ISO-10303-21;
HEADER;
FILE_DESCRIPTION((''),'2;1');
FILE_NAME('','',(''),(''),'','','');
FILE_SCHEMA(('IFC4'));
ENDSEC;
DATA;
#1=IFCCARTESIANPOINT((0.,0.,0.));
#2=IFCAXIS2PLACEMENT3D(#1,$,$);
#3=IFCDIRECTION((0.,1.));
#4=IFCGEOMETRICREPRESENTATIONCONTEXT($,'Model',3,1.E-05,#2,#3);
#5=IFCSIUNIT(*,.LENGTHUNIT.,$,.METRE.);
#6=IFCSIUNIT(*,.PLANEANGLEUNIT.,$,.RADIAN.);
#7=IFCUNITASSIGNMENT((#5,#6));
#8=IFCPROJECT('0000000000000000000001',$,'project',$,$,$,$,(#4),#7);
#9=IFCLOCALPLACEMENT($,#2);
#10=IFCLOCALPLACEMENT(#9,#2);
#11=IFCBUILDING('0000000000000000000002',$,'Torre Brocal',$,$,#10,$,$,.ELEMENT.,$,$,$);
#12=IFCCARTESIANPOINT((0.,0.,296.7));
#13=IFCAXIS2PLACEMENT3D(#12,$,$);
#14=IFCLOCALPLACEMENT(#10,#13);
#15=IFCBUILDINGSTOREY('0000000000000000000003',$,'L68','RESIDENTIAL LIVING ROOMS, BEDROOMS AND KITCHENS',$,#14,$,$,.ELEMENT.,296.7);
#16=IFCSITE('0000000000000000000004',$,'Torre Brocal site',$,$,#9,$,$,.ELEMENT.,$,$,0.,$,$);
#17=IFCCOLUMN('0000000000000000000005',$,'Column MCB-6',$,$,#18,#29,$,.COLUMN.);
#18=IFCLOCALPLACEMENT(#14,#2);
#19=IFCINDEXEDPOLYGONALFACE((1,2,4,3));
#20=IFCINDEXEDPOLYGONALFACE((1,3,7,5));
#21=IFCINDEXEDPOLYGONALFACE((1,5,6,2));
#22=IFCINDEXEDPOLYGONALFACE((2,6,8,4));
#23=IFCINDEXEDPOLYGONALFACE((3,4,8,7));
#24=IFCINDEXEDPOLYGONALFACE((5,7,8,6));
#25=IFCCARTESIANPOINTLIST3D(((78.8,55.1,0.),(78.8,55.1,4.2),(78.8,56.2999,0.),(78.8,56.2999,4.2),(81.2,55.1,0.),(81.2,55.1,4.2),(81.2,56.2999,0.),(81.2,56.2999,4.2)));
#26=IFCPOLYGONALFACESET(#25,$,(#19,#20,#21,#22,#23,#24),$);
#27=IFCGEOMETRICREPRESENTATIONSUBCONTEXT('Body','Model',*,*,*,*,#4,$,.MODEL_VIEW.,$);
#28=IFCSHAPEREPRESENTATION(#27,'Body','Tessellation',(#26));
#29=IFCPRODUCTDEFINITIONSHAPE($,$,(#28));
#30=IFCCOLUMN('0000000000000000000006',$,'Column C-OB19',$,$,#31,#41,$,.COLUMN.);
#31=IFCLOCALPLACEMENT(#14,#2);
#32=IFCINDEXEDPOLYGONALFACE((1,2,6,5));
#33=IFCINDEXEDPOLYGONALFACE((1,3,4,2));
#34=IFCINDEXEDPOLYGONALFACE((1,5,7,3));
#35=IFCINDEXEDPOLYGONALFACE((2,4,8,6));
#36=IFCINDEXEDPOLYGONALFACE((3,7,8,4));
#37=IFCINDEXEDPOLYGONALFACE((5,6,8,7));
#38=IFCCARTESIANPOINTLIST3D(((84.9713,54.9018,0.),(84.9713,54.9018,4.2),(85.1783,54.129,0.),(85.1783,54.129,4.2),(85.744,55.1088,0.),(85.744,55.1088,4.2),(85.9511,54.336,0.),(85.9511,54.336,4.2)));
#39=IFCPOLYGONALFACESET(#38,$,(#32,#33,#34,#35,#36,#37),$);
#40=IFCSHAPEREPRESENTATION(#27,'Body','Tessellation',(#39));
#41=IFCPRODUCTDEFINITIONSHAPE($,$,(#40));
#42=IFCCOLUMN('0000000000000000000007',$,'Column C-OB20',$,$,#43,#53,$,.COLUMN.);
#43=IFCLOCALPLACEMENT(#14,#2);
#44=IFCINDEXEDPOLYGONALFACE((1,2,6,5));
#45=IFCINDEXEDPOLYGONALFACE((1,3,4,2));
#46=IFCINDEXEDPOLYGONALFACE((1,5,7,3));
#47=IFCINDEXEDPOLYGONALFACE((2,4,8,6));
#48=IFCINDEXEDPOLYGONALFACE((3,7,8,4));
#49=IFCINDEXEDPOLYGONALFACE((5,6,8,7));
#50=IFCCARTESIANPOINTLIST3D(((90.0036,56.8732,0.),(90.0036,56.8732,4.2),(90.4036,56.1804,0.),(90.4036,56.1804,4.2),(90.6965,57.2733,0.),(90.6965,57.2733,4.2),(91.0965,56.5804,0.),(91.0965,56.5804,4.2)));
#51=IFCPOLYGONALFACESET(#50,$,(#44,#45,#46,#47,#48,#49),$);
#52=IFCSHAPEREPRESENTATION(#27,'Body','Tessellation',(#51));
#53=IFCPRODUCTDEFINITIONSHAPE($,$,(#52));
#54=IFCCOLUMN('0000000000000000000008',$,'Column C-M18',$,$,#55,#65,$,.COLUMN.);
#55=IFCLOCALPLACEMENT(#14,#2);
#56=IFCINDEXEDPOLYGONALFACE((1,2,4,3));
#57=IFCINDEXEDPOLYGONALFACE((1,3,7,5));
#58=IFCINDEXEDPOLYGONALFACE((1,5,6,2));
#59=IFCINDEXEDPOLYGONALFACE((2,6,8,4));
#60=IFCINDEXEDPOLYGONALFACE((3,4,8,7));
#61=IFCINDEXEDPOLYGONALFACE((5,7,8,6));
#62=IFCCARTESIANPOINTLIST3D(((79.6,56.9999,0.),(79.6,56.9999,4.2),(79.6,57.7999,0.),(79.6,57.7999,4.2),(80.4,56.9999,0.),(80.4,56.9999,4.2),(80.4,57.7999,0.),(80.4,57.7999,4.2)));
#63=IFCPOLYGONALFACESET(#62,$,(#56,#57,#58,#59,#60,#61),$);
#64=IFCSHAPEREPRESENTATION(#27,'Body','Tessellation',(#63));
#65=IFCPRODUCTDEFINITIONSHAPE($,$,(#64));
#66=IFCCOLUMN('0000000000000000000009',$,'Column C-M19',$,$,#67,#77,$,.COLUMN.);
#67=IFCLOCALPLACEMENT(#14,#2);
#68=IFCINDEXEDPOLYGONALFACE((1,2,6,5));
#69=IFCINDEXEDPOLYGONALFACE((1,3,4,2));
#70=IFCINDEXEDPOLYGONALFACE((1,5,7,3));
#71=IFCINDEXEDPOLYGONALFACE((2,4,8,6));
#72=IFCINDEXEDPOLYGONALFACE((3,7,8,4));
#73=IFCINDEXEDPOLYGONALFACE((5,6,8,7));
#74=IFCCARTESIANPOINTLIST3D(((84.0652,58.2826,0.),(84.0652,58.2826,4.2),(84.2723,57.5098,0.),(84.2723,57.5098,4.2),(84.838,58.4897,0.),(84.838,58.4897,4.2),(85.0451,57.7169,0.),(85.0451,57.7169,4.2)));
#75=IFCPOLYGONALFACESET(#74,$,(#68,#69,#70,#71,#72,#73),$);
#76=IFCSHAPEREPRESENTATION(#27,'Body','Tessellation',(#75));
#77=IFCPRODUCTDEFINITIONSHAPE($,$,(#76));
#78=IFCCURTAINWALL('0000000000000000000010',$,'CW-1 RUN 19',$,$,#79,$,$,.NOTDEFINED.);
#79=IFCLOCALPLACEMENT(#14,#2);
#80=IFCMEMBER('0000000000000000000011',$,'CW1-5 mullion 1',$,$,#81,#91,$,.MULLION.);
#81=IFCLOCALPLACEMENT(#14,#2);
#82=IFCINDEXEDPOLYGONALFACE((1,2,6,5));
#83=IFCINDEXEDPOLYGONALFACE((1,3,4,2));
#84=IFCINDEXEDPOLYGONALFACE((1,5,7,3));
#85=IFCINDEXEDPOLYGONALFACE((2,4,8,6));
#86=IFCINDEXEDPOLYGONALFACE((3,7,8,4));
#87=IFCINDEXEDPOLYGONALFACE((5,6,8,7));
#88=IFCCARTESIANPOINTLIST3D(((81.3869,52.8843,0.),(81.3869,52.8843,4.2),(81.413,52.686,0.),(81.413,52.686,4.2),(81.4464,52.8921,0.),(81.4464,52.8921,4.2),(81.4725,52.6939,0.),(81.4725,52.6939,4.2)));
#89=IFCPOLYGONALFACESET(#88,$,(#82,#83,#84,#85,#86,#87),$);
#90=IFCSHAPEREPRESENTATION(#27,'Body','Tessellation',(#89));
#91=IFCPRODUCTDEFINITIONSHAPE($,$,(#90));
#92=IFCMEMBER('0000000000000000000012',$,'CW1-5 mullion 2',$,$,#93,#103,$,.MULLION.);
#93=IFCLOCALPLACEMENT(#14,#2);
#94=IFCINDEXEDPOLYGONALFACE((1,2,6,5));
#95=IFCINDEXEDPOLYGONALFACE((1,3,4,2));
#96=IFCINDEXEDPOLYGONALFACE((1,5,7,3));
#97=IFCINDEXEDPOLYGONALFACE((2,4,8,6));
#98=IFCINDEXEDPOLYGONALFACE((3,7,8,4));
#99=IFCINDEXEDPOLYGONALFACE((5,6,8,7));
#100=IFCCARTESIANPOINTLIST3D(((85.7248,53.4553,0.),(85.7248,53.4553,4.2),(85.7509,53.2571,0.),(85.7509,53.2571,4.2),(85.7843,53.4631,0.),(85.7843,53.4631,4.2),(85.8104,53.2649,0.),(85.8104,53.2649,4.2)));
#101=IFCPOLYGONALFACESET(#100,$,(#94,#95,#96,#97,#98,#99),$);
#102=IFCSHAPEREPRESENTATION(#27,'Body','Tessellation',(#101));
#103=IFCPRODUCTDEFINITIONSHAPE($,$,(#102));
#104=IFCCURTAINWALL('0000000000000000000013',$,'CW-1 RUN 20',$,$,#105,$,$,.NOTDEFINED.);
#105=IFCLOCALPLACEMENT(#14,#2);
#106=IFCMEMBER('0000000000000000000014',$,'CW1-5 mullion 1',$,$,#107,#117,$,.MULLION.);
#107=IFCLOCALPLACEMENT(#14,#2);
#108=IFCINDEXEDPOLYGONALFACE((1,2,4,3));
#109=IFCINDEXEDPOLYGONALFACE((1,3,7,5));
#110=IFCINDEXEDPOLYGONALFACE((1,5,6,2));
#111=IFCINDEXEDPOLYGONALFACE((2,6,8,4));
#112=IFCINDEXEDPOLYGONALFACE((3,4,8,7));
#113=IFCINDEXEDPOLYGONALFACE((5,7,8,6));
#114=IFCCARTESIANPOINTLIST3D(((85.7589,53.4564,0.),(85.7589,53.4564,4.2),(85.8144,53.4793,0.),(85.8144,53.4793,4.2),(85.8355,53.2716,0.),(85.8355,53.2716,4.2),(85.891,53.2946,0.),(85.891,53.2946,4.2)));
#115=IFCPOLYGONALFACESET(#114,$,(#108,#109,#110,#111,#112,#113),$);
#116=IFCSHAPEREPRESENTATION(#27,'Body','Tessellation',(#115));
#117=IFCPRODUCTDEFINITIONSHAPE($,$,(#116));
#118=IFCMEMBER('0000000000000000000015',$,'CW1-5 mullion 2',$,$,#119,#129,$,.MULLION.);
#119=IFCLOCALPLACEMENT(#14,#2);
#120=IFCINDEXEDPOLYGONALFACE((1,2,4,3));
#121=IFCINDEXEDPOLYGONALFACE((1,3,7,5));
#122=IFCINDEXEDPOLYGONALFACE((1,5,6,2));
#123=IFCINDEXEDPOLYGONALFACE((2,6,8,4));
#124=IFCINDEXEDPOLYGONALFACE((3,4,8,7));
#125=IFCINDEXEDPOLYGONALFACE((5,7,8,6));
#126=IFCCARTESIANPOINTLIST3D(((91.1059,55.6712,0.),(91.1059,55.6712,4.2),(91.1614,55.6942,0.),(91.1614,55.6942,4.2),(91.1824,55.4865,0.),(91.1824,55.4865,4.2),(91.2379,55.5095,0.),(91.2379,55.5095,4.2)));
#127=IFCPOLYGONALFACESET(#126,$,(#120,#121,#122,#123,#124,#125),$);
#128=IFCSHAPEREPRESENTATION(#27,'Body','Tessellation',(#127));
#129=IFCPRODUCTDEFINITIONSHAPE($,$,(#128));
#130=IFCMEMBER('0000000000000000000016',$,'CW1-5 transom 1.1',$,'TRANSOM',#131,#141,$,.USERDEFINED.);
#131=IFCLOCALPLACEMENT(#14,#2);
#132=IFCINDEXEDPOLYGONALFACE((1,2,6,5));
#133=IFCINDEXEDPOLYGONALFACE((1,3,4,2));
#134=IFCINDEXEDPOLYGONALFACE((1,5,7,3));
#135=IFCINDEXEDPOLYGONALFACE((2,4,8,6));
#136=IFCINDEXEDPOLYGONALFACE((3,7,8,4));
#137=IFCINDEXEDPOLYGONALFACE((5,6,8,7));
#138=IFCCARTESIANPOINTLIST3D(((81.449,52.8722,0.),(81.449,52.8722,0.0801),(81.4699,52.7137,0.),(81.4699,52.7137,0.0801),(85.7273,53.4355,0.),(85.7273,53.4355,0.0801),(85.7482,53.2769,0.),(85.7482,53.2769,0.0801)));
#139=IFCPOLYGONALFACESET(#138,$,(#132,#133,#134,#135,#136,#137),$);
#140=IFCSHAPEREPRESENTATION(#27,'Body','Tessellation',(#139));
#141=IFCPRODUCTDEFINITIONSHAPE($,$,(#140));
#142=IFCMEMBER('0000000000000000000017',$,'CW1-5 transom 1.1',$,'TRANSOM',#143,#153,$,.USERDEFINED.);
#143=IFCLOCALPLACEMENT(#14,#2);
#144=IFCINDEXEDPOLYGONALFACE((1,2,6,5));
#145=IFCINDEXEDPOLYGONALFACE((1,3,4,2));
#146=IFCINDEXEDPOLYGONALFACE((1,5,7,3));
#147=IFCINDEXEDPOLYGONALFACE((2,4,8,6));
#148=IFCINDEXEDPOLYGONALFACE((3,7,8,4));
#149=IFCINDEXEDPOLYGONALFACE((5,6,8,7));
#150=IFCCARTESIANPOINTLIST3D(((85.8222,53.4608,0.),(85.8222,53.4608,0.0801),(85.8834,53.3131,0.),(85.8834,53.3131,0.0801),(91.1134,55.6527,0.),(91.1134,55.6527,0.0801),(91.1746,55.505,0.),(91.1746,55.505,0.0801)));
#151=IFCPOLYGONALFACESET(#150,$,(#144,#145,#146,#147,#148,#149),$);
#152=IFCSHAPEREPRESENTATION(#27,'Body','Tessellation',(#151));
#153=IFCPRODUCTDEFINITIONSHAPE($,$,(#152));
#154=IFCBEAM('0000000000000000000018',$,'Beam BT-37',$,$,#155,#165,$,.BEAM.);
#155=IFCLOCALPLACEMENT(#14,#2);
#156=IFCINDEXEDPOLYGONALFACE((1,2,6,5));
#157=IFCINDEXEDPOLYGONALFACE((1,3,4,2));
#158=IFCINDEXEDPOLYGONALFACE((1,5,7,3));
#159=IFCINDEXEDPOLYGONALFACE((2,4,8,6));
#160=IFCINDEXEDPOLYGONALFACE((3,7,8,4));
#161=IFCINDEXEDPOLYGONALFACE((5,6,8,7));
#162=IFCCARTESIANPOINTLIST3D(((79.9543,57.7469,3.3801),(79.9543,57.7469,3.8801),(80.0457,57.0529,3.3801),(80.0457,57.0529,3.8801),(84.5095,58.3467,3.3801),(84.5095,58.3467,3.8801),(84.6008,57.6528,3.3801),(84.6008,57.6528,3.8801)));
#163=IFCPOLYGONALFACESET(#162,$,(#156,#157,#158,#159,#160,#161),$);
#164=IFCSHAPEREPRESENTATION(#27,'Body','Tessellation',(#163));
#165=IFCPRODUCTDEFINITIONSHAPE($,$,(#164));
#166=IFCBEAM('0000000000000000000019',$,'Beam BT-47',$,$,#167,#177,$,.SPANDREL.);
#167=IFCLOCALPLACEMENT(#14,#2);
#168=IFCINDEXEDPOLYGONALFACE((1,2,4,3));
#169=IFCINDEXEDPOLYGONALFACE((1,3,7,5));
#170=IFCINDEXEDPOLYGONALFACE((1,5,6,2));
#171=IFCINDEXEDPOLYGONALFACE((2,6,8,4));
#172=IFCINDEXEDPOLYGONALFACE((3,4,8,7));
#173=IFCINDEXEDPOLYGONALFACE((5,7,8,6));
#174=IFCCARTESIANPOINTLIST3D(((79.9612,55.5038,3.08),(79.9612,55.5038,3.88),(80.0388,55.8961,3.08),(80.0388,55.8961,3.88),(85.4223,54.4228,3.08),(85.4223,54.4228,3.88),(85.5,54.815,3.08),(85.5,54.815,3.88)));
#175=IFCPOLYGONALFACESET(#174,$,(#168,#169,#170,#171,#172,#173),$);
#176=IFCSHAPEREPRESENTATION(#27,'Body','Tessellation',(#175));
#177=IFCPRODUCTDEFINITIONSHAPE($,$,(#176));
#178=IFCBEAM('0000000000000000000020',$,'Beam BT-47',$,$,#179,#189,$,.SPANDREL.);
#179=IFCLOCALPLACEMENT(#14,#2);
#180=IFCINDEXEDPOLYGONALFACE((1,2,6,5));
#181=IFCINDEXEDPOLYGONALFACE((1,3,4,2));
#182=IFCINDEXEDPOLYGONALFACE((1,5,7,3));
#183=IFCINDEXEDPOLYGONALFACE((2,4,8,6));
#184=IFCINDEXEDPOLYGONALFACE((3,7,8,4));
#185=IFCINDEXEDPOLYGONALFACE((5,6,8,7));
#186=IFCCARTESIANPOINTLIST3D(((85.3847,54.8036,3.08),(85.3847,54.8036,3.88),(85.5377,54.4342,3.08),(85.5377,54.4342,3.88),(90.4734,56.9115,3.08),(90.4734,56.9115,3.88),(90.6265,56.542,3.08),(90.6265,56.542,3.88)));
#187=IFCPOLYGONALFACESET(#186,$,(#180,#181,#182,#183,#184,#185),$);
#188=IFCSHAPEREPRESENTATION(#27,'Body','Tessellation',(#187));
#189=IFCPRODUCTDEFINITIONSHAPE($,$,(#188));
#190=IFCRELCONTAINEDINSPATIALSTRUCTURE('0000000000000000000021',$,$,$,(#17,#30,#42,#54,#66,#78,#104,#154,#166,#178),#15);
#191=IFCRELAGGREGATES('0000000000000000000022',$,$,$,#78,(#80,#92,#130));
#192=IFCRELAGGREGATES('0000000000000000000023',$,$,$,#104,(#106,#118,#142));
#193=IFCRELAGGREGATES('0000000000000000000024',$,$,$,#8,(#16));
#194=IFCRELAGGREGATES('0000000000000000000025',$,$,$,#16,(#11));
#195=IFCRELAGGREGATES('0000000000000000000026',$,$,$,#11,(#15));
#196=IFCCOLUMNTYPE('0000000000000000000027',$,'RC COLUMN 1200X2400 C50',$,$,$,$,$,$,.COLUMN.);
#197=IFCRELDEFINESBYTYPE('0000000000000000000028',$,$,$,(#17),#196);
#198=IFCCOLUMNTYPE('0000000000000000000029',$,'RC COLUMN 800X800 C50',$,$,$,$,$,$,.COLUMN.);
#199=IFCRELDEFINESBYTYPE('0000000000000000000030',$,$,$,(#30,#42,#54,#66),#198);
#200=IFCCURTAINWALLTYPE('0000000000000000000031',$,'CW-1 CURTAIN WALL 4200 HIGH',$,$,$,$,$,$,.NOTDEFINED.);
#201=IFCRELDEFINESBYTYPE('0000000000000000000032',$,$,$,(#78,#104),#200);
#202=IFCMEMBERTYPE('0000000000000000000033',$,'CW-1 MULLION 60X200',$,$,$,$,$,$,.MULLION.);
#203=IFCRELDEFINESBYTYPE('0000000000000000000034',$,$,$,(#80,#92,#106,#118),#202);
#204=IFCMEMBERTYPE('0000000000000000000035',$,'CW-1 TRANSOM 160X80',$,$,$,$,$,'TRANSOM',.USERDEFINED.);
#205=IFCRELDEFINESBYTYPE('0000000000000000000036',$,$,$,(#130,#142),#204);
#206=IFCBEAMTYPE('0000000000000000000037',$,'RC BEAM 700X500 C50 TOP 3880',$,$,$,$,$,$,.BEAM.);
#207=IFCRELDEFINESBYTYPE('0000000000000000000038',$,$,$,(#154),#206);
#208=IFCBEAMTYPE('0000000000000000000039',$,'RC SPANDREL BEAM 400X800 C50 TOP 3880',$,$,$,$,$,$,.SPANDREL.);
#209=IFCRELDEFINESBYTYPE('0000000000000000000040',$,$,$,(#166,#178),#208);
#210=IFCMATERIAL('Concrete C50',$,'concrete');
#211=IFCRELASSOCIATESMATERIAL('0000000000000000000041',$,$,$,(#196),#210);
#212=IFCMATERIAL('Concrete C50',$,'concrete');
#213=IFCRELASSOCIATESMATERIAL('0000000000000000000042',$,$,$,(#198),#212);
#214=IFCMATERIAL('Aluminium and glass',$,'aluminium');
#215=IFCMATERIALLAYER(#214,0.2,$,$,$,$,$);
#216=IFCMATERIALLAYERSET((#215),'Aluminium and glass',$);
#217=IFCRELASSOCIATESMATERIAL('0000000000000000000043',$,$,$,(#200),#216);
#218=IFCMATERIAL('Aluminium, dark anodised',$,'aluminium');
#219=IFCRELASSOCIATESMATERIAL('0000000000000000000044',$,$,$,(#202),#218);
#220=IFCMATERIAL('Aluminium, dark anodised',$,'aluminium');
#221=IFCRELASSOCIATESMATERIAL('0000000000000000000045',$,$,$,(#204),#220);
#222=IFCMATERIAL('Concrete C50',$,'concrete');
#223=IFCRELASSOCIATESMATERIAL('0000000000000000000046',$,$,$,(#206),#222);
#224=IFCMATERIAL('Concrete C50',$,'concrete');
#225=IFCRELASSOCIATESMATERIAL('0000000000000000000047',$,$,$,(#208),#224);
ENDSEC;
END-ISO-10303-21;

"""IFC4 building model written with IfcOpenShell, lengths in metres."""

from ifc_helpers import new_model, si_unit, direction, frame, origin, origin_2d, place, context, subcontext, project, spatial, rectangle, extrude, material, layer, layer_set, material_profile, profile_set, type_object, element, aggregate, save


model = new_model("IFC4")

# Units and contexts
model_context = context("Model", 3, precision=1e-05, world=origin(), true_north=direction((0.0, 1.0)))
body_context = subcontext(model_context, "Body", "Model", "MODEL_VIEW")
ifc_project = project(units=[si_unit("LENGTHUNIT", "METRE"), si_unit("PLANEANGLEUNIT", "RADIAN")], contexts=[model_context])

# Site, building, storey
site_placement = place(None, origin())
site = spatial("IfcSite", under=ifc_project, at=site_placement, Name="Torre Brocal site", CompositionType="ELEMENT", RefElevation=0.0)
building_placement = place(site_placement, origin())
building = spatial("IfcBuilding", under=site, at=building_placement, Name="Torre Brocal", CompositionType="ELEMENT")
storey_placement = place(building_placement, frame((0.0, 0.0, 296.7)))
storey = spatial("IfcBuildingStorey", under=building, at=storey_placement, Name="L68", Description="RESIDENTIAL LIVING ROOMS, BEDROOMS AND KITCHENS", CompositionType="ELEMENT", Elevation=296.7)

# Columns
ifc_material_1 = material(Name="Concrete C50", Category="concrete")
ifc_material_profile_1 = material_profile(ifc_material_1, rectangle(XDim=1.2, YDim=2.3999, at=origin_2d()), Name="RC 1200X2400")
ifc_profile_set_1 = profile_set([ifc_material_profile_1], Name="Concrete C50")
column_type_1 = type_object("IfcColumnType", Name="RC COLUMN 1200X2400 C50", PredefinedType="COLUMN", material=ifc_profile_set_1)
column_placement = place(storey_placement, frame((80.0, 55.7, 0.0), z_axis=(0.0, 0.0, 1.0), x_axis=(0.0, -1.0, 0.0)))
element("IfcColumn", 1, at=column_placement, inside=storey, type_object=column_type_1, Name="Column MCB-6", PredefinedType="COLUMN", context=body_context, shape_type="SweptSolid", body=[
    extrude(rectangle(XDim=1.2, YDim=2.3999, at=origin_2d()), origin(), (0.0, 0.0, 1.0), 4.2),
])
ifc_material_2 = material(Name="Concrete C50", Category="concrete")
ifc_material_profile_2 = material_profile(ifc_material_2, rectangle(XDim=0.8, YDim=0.8, at=origin_2d()), Name="RC 800X800")
ifc_profile_set_2 = profile_set([ifc_material_profile_2], Name="Concrete C50")
column_type_2 = type_object("IfcColumnType", Name="RC COLUMN 800X800 C50", PredefinedType="COLUMN", material=ifc_profile_set_2)
for number, where, z_axis, x_axis, name in (
    (2, (85.4612, 54.6189, 0.0), (0.0, 0.0, 1.0), (0.258819, -0.965926, 0.0), "Column C-OB19"),
    (3, (90.55, 56.7268, 0.0), (0.0, 0.0, 1.0), (0.5, -0.866025, 0.0), "Column C-OB20"),
    (4, (80.0, 57.3999, 0.0), (0.0, 0.0, 1.0), (0.0, -1.0, 0.0), "Column C-M18"),
    (5, (84.5552, 57.9998, 0.0), (0.0, 0.0, 1.0), (0.258819, -0.965926, 0.0), "Column C-M19"),
):
    element("IfcColumn", number, at=place(storey_placement, frame(where, z_axis=z_axis, x_axis=x_axis)), inside=storey, type_object=column_type_2, Name=name, PredefinedType="COLUMN", context=body_context, shape_type="SweptSolid", body=[
        extrude(rectangle(XDim=0.8, YDim=0.8, at=origin_2d()), origin(), (0.0, 0.0, 1.0), 4.2),
    ])

# Curtain walls, members
ifc_material_3 = material(Name="Aluminium and glass", Category="aluminium")
ifc_layer_1 = layer(ifc_material_3, 0.2)
ifc_layer_set_1 = layer_set([ifc_layer_1], Name="Aluminium and glass")
curtain_wall_type = type_object("IfcCurtainWallType", Name="CW-1 CURTAIN WALL 4200 HIGH", PredefinedType="NOTDEFINED", material=ifc_layer_set_1)
curtain_wall_1_placement = place(storey_placement, origin())
curtain_wall_1 = element("IfcCurtainWall", 6, at=curtain_wall_1_placement, inside=storey, type_object=curtain_wall_type, Name="CW-1 RUN 19", PredefinedType="NOTDEFINED")
ifc_material_4 = material(Name="Aluminium, dark anodised", Category="aluminium")
ifc_material_profile_3 = material_profile(ifc_material_4, rectangle(XDim=0.2, YDim=0.0601, at=origin_2d()), Name="CW-1 MULLION 60X200")
ifc_profile_set_3 = profile_set([ifc_material_profile_3], Name="Aluminium, dark anodised")
member_type_1 = type_object("IfcMemberType", Name="CW-1 MULLION 60X200", PredefinedType="MULLION", material=ifc_profile_set_3)
member_1_placement = place(storey_placement, frame((81.4297, 52.7891, 0.0), z_axis=(0.0, 0.0, 1.0), x_axis=(-0.130526, 0.991445, 0.0)))
member_1 = element("IfcMember", 7, at=member_1_placement, type_object=member_type_1, Name="CW1-5 mullion 1", PredefinedType="MULLION", context=body_context, shape_type="SweptSolid", body=[
    extrude(rectangle(XDim=0.2, YDim=0.0601, at=origin_2d()), origin(), (0.0, 0.0, 1.0), 4.2),
])
member_2_placement = place(storey_placement, frame((85.7676, 53.3601, 0.0), z_axis=(0.0, 0.0, 1.0), x_axis=(-0.130526, 0.991445, 0.0)))
member_2 = element("IfcMember", 8, at=member_2_placement, type_object=member_type_1, Name="CW1-5 mullion 2", PredefinedType="MULLION", context=body_context, shape_type="SweptSolid", body=[
    extrude(rectangle(XDim=0.2, YDim=0.0601, at=origin_2d()), origin(), (0.0, 0.0, 1.0), 4.2),
])
curtain_wall_2_placement = place(storey_placement, origin())
curtain_wall_2 = element("IfcCurtainWall", 9, at=curtain_wall_2_placement, inside=storey, type_object=curtain_wall_type, Name="CW-1 RUN 20", PredefinedType="NOTDEFINED")
member_3_placement = place(storey_placement, frame((85.825, 53.3755, 0.0), z_axis=(0.0, 0.0, 1.0), x_axis=(-0.382683, 0.92388, 0.0)))
member_3 = element("IfcMember", 10, at=member_3_placement, type_object=member_type_1, Name="CW1-5 mullion 1", PredefinedType="MULLION", context=body_context, shape_type="SweptSolid", body=[
    extrude(rectangle(XDim=0.2, YDim=0.0601, at=origin_2d()), origin(), (0.0, 0.0, 1.0), 4.2),
])
member_4_placement = place(storey_placement, frame((91.1719, 55.5903, 0.0), z_axis=(0.0, 0.0, 1.0), x_axis=(-0.382683, 0.92388, 0.0)))
member_4 = element("IfcMember", 11, at=member_4_placement, type_object=member_type_1, Name="CW1-5 mullion 2", PredefinedType="MULLION", context=body_context, shape_type="SweptSolid", body=[
    extrude(rectangle(XDim=0.2, YDim=0.0601, at=origin_2d()), origin(), (0.0, 0.0, 1.0), 4.2),
])

# Members
ifc_material_5 = material(Name="Aluminium, dark anodised", Category="aluminium")
ifc_material_profile_4 = material_profile(ifc_material_5, rectangle(XDim=0.1599, YDim=0.0801, at=origin_2d()), Name="CW-1 TRANSOM 160X80")
ifc_profile_set_4 = profile_set([ifc_material_profile_4], Name="Aluminium, dark anodised")
member_type_2 = type_object("IfcMemberType", Name="CW-1 TRANSOM 160X80", ElementType="TRANSOM", PredefinedType="USERDEFINED", material=ifc_profile_set_4)
member_5_placement = place(storey_placement, frame((81.4595, 52.793, 0.04), z_axis=(0.991445, 0.130522, 0.0), x_axis=(-0.130522, 0.991445, 0.0)))
member_5 = element("IfcMember", 12, at=member_5_placement, type_object=member_type_2, Name="CW1-5 transom 1.1", ObjectType="TRANSOM", PredefinedType="USERDEFINED", context=body_context, shape_type="SweptSolid", body=[
    extrude(rectangle(XDim=0.1599, YDim=0.0801, at=origin_2d()), origin(), (0.0, 0.0, 1.0), 4.3152),
])
member_6_placement = place(storey_placement, frame((85.8528, 53.387, 0.04), z_axis=(0.923868, 0.382711, 0.0), x_axis=(-0.382711, 0.923868, 0.0)))
member_6 = element("IfcMember", 13, at=member_6_placement, type_object=member_type_2, Name="CW1-5 transom 1.1", ObjectType="TRANSOM", PredefinedType="USERDEFINED", context=body_context, shape_type="SweptSolid", body=[
    extrude(rectangle(XDim=0.1599, YDim=0.0801, at=origin_2d()), origin(), (0.0, 0.0, 1.0), 5.7273),
])

# Beams
ifc_material_6 = material(Name="Concrete C50", Category="concrete")
ifc_material_profile_5 = material_profile(ifc_material_6, rectangle(XDim=0.7, YDim=0.5, at=origin_2d()), Name="RC 700X500")
ifc_profile_set_5 = profile_set([ifc_material_profile_5], Name="Concrete C50")
beam_type_1 = type_object("IfcBeamType", Name="RC BEAM 700X500 C50 TOP 3880", PredefinedType="BEAM", material=ifc_profile_set_5)
beam_1_placement = place(storey_placement, frame((80.0, 57.3999, 3.6301), z_axis=(0.991441, 0.130559, 0.0), x_axis=(-0.130559, 0.991441, 0.0)))
element("IfcBeam", 14, at=beam_1_placement, inside=storey, type_object=beam_type_1, Name="Beam BT-37", PredefinedType="BEAM", context=body_context, shape_type="SweptSolid", body=[
    extrude(rectangle(XDim=0.7, YDim=0.5, at=origin_2d()), origin(), (0.0, 0.0, 1.0), 4.5945),
])
ifc_material_7 = material(Name="Concrete C50", Category="concrete")
ifc_material_profile_6 = material_profile(ifc_material_7, rectangle(XDim=0.3999, YDim=0.8, at=origin_2d()), Name="RC 400X800")
ifc_profile_set_6 = profile_set([ifc_material_profile_6], Name="Concrete C50")
beam_type_2 = type_object("IfcBeamType", Name="RC SPANDREL BEAM 400X800 C50 TOP 3880", PredefinedType="SPANDREL", material=ifc_profile_set_6)
beam_2_placement = place(storey_placement, frame((80.0, 55.7, 3.48), z_axis=(0.980965, -0.194185, 0.0), x_axis=(0.194185, 0.980965, 0.0)))
element("IfcBeam", 15, at=beam_2_placement, inside=storey, type_object=beam_type_2, Name="Beam BT-47", PredefinedType="SPANDREL", context=body_context, shape_type="SweptSolid", body=[
    extrude(rectangle(XDim=0.3999, YDim=0.8, at=origin_2d()), origin(), (0.0, 0.0, 1.0), 5.5671),
])
beam_3_placement = place(storey_placement, frame((85.4612, 54.6189, 3.48), z_axis=(0.923877, 0.382688, 0.0), x_axis=(-0.382688, 0.923877, 0.0)))
element("IfcBeam", 16, at=beam_3_placement, inside=storey, type_object=beam_type_2, Name="Beam BT-47", PredefinedType="SPANDREL", context=body_context, shape_type="SweptSolid", body=[
    extrude(rectangle(XDim=0.3999, YDim=0.8, at=origin_2d()), origin(), (0.0, 0.0, 1.0), 5.5081),
])

aggregate(curtain_wall_1, [member_1, member_2, member_5])
aggregate(curtain_wall_2, [member_3, member_4, member_6])

save(model, "model.ifc")
